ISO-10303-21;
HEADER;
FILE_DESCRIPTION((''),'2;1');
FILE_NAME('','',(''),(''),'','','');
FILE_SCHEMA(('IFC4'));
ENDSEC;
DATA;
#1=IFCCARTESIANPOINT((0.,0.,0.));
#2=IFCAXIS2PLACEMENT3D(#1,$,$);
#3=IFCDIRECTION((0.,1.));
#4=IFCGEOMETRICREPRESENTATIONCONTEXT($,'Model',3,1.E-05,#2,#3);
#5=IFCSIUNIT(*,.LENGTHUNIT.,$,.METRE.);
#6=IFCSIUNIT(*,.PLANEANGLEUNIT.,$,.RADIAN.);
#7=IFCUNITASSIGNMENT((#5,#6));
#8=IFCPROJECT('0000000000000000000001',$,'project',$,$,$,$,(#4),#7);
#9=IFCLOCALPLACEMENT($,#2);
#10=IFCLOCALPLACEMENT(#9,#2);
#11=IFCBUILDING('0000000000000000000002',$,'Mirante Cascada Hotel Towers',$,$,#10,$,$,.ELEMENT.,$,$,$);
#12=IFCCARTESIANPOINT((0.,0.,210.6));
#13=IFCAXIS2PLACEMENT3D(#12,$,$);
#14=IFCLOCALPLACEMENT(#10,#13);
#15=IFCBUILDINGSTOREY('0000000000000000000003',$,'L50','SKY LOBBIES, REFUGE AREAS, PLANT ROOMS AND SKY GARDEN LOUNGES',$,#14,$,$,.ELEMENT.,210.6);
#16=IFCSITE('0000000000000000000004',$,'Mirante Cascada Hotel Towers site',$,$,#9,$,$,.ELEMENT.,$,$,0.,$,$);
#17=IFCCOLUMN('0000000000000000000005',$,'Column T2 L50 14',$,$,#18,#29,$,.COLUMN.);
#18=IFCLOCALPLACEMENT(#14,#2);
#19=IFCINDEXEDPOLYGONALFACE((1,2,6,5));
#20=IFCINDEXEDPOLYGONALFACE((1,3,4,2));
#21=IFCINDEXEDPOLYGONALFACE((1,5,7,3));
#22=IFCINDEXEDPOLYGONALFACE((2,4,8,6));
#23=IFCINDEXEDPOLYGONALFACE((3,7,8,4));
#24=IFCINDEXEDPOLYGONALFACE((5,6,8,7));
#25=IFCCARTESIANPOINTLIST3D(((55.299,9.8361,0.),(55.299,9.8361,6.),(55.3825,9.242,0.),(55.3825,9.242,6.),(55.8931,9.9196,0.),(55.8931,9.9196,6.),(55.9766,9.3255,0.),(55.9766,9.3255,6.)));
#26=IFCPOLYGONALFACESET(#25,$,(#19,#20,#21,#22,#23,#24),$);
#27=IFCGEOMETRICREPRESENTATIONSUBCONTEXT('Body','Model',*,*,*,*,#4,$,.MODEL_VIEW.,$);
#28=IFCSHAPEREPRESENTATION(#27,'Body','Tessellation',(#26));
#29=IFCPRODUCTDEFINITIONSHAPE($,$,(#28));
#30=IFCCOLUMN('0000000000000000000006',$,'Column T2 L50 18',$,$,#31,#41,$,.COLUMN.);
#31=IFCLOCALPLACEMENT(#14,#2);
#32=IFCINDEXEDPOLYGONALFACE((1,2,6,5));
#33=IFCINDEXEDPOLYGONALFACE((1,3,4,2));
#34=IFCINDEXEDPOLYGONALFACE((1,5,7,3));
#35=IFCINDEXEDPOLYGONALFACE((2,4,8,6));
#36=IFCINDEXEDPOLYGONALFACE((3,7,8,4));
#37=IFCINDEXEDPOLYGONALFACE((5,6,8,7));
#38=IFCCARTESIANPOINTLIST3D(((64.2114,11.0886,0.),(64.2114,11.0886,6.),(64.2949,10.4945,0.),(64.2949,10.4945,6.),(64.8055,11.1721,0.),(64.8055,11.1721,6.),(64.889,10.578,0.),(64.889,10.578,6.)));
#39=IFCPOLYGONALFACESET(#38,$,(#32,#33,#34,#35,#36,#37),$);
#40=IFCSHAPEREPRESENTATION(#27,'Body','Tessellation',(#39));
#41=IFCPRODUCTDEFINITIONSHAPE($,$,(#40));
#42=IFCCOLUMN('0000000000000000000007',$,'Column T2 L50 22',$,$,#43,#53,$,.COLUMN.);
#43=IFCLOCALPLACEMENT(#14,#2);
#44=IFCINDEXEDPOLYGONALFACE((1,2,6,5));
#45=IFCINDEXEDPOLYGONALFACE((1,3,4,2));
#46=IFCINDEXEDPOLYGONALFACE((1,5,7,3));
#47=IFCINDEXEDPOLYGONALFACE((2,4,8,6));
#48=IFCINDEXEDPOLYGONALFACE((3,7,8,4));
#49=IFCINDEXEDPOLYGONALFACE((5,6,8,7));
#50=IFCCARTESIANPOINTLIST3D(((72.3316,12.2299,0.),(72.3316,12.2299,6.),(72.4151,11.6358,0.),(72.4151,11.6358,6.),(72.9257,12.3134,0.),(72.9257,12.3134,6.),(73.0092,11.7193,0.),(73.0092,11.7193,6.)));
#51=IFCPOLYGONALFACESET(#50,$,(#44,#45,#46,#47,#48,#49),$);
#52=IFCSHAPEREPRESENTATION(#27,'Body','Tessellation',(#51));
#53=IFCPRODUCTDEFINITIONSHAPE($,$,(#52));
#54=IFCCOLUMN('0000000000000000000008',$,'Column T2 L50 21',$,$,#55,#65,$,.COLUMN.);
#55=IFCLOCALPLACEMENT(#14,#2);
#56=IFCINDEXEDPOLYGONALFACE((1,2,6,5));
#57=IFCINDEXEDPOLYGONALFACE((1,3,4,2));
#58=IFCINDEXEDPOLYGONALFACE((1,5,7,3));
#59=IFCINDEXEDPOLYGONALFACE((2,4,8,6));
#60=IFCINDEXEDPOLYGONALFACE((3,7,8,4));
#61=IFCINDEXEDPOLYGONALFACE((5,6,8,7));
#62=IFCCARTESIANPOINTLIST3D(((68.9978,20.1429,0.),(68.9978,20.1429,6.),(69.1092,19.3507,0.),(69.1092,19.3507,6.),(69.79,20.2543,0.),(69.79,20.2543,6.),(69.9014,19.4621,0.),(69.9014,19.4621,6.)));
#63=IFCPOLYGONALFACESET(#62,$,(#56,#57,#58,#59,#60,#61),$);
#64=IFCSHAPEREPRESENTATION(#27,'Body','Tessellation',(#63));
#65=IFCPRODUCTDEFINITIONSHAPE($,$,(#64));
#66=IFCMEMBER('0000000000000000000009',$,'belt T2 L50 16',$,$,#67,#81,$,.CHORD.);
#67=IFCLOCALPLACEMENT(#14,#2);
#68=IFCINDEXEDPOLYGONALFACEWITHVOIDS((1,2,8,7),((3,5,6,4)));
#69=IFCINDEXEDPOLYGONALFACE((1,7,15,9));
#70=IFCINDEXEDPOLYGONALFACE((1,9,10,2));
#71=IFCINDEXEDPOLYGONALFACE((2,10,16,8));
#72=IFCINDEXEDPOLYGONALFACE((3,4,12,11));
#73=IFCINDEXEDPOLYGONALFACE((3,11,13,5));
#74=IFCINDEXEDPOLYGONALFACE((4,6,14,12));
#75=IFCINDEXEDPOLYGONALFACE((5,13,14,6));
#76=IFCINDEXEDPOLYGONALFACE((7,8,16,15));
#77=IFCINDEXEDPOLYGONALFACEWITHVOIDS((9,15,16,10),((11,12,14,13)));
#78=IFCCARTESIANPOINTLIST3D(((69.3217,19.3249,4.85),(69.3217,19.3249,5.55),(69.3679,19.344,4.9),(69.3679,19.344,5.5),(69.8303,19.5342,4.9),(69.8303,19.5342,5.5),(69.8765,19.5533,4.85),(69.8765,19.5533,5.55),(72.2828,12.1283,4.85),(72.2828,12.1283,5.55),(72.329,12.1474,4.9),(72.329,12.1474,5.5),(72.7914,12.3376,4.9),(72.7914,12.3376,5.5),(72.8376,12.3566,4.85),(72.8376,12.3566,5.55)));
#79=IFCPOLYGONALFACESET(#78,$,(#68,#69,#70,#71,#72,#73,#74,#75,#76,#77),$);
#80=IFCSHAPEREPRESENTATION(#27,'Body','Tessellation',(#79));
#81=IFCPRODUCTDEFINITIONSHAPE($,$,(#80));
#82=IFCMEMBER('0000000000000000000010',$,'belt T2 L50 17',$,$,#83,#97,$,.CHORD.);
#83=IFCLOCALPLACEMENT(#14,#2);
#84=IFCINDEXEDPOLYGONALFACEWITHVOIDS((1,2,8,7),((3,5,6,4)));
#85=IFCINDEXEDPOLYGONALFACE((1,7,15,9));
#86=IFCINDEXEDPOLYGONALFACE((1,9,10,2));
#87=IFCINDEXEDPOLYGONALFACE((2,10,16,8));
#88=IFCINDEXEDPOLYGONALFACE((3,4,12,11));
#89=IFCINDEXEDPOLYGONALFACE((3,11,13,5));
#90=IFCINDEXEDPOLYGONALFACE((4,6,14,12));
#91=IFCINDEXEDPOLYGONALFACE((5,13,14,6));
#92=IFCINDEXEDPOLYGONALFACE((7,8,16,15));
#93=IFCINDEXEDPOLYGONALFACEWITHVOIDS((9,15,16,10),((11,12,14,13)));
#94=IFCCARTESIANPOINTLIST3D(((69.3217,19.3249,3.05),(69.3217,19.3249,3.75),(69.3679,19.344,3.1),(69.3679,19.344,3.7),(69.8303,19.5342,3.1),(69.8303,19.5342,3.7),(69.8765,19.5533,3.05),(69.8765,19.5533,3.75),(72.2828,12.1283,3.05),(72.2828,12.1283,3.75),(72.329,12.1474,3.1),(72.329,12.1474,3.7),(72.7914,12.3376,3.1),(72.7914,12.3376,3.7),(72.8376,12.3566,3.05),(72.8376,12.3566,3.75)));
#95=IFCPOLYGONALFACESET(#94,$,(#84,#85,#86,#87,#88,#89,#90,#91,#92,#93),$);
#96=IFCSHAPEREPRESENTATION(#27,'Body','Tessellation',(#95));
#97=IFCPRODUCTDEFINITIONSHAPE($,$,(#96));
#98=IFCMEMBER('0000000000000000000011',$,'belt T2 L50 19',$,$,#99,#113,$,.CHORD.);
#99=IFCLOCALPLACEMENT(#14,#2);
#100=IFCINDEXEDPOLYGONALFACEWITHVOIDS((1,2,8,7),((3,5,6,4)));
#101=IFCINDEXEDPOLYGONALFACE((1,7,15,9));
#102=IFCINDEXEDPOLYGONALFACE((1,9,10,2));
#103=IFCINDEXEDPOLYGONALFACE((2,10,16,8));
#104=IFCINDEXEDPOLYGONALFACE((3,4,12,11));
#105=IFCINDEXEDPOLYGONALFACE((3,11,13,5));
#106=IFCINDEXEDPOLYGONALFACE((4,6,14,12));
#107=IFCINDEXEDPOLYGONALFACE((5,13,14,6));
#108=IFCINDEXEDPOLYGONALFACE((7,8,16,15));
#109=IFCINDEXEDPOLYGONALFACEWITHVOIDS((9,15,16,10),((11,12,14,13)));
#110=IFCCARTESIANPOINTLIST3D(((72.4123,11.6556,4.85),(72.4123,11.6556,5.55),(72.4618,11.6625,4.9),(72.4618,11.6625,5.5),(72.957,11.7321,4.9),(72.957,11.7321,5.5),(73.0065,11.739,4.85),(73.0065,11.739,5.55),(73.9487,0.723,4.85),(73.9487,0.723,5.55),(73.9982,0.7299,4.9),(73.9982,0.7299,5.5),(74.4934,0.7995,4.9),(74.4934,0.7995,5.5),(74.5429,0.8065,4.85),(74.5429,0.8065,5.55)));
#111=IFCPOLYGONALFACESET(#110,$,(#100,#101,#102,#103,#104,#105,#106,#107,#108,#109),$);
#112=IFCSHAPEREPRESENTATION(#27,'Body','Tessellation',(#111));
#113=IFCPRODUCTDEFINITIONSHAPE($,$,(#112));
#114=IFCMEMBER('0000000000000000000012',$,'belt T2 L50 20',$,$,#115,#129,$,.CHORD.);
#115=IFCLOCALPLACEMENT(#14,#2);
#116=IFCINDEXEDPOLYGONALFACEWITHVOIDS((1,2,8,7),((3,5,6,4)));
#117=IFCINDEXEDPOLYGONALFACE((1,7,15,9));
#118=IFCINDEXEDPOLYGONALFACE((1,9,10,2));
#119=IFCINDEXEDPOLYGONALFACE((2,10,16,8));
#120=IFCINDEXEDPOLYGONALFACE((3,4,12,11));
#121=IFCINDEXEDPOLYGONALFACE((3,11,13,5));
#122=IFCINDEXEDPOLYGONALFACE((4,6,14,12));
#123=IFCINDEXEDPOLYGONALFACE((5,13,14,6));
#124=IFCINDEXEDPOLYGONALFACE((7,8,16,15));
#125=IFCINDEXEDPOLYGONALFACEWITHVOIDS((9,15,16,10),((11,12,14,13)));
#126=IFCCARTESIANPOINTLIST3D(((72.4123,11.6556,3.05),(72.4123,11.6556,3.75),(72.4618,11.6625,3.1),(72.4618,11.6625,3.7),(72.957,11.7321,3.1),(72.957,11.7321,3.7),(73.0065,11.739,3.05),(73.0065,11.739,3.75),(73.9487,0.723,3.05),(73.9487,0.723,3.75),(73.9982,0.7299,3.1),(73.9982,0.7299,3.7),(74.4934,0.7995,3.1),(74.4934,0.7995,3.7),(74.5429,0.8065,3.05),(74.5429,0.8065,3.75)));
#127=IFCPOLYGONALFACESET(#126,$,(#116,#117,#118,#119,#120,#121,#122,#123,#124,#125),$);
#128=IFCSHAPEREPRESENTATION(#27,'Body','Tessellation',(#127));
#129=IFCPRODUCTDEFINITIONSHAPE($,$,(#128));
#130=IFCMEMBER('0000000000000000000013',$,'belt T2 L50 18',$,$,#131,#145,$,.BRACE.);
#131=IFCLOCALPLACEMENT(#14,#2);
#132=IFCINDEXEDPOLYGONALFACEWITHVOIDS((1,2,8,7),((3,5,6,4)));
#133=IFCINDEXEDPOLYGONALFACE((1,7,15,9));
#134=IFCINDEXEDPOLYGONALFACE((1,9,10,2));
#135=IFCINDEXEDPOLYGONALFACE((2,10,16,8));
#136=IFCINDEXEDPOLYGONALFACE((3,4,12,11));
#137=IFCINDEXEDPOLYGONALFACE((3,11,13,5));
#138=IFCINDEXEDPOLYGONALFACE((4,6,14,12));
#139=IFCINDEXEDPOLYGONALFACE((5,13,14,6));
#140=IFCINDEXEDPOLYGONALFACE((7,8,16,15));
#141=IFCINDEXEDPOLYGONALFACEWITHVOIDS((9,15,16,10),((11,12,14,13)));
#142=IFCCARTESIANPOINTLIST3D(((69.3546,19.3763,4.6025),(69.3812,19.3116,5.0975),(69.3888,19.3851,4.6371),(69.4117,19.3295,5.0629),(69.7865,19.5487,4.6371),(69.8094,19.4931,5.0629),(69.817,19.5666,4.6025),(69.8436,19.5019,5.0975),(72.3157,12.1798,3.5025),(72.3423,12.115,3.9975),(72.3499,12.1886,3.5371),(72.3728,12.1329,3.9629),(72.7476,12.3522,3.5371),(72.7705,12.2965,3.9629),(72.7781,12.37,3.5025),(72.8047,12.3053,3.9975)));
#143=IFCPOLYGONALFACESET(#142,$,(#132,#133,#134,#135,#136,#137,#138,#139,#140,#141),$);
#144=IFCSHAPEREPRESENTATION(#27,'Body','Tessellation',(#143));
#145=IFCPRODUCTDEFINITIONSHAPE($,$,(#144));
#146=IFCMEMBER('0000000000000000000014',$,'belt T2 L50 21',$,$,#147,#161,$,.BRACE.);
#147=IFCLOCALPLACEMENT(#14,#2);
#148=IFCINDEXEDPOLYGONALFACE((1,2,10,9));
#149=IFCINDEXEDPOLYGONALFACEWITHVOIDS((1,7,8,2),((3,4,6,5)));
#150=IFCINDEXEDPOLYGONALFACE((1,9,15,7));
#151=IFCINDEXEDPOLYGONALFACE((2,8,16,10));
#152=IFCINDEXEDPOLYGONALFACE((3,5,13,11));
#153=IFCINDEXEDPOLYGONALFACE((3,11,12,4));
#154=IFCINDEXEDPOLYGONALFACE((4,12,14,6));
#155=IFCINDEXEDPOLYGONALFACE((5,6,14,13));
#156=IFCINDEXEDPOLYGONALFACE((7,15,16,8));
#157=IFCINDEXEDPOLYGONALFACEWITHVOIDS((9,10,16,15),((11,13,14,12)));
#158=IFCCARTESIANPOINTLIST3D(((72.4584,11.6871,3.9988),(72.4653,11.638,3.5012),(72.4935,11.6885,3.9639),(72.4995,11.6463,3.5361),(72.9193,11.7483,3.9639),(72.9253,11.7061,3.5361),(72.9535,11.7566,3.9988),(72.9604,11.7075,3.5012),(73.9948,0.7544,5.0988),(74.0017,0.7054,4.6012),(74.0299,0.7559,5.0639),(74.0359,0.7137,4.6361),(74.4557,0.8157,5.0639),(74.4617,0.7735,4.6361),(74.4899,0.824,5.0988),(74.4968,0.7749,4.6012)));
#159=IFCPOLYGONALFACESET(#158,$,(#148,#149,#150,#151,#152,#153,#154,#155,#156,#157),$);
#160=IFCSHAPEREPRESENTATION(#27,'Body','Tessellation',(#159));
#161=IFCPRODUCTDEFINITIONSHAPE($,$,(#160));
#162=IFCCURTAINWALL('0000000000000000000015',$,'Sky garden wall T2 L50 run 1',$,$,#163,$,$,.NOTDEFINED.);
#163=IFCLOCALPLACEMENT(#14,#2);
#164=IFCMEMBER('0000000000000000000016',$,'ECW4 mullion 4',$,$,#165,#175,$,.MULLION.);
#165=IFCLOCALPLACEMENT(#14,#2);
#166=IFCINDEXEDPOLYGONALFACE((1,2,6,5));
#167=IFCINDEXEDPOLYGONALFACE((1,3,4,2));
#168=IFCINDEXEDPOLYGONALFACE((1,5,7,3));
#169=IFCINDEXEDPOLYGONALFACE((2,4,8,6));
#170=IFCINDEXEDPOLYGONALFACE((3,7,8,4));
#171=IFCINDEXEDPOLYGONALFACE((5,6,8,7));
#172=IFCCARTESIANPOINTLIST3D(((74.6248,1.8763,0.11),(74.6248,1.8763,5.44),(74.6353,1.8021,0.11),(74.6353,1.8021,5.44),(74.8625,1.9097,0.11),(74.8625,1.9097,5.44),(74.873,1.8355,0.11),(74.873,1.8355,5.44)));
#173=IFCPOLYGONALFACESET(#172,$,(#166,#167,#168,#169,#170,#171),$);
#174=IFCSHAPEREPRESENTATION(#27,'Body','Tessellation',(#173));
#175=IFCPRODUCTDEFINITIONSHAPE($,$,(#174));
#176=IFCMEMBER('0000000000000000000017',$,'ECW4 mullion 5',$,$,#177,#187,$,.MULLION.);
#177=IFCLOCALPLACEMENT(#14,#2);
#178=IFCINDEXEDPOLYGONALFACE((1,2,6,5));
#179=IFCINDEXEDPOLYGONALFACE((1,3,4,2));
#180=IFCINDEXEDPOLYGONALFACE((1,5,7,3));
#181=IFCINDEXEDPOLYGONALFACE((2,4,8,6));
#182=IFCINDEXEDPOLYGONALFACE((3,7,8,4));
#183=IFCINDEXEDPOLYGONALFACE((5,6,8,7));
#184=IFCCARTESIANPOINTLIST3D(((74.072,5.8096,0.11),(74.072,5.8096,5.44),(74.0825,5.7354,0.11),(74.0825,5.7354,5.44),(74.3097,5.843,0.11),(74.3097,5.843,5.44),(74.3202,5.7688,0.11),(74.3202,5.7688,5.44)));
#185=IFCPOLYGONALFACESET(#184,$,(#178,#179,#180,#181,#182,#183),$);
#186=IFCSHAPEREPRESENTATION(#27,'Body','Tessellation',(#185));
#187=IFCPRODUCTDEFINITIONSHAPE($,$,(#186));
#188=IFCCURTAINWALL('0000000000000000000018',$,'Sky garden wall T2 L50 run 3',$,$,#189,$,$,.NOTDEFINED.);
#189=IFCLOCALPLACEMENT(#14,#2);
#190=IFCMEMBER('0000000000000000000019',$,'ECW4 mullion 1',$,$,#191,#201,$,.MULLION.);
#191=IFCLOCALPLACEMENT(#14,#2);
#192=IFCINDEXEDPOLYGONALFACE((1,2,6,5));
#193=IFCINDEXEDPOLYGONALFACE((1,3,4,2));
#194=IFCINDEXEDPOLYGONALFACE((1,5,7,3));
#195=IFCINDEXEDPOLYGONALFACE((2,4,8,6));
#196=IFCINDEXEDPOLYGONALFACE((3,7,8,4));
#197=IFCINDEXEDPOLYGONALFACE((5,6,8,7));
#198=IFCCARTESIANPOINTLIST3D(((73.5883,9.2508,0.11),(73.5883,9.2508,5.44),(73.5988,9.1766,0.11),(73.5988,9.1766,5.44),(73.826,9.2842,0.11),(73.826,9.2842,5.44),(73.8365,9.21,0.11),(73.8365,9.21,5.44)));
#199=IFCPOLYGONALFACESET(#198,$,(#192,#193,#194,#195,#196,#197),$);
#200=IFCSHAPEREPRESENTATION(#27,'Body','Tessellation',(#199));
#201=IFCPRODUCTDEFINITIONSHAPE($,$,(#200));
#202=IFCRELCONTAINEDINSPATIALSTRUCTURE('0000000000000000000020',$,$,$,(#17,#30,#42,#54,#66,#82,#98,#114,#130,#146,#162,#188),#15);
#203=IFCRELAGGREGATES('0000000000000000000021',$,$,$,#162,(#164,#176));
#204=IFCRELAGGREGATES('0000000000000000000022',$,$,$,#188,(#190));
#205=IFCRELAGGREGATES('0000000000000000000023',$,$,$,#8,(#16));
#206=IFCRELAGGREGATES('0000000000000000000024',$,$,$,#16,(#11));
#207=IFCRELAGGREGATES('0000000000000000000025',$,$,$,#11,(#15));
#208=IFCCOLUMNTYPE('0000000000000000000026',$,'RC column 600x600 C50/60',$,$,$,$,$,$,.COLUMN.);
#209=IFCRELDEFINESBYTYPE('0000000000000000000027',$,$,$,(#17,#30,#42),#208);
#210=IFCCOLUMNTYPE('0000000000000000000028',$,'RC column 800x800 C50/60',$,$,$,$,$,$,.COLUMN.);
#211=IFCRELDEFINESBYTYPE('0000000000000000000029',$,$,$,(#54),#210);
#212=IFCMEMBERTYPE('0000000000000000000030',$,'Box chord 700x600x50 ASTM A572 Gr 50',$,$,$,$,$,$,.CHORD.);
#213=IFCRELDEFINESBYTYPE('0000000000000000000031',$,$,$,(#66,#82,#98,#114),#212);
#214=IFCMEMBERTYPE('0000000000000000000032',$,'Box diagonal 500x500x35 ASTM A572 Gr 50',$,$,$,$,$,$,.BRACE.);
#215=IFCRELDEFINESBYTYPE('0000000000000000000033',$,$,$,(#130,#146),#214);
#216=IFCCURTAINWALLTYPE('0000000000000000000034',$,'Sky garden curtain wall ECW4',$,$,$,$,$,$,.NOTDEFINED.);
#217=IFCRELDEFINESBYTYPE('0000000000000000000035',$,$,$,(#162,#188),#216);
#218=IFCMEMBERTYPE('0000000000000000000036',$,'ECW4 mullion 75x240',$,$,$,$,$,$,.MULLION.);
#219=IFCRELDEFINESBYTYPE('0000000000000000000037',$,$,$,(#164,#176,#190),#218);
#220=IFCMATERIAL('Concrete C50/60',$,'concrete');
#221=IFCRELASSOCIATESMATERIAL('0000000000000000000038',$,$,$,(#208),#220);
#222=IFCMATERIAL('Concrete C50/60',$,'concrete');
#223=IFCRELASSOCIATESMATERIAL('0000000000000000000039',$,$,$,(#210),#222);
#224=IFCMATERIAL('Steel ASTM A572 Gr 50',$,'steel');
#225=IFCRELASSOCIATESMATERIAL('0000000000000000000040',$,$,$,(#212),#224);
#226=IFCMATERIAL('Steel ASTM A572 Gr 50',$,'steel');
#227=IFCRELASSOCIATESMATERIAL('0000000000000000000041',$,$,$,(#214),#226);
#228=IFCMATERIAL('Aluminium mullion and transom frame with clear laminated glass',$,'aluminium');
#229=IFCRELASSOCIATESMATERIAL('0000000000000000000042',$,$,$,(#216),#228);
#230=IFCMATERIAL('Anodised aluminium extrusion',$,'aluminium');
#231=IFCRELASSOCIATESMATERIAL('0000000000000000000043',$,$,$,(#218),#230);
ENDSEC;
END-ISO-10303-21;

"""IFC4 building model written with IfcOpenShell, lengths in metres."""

from ifc_helpers import new_model, si_unit, direction, frame, origin, origin_2d, place, context, subcontext, project, spatial, rectangle, hollow_rectangle, extrude, material, material_profile, profile_set, type_object, element, aggregate, save


model = new_model("IFC4")

# Units and contexts
model_context = context("Model", 3, precision=1e-05, world=origin(), true_north=direction((0.0, 1.0)))
body_context = subcontext(model_context, "Body", "Model", "MODEL_VIEW")
ifc_project = project(units=[si_unit("LENGTHUNIT", "METRE"), si_unit("PLANEANGLEUNIT", "RADIAN")], contexts=[model_context])

# Site, building, storey
site_placement = place(None, origin())
site = spatial("IfcSite", under=ifc_project, at=site_placement, Name="Mirante Cascada Hotel Towers site", CompositionType="ELEMENT", RefElevation=0.0)
building_placement = place(site_placement, origin())
building = spatial("IfcBuilding", under=site, at=building_placement, Name="Mirante Cascada Hotel Towers", CompositionType="ELEMENT")
storey_placement = place(building_placement, frame((0.0, 0.0, 210.6)))
storey = spatial("IfcBuildingStorey", under=building, at=storey_placement, Name="L50", Description="SKY LOBBIES, REFUGE AREAS, PLANT ROOMS AND SKY GARDEN LOUNGES", CompositionType="ELEMENT", Elevation=210.6)

# Columns
ifc_material_1 = material(Name="Concrete C50/60", Category="concrete")
ifc_material_profile_1 = material_profile(ifc_material_1, rectangle(XDim=0.6, YDim=0.6, at=origin_2d()), Name="RC column 600x600 C50/60")
ifc_profile_set_1 = profile_set([ifc_material_profile_1], Name="Concrete C50/60")
column_type_1 = type_object("IfcColumnType", Name="RC column 600x600 C50/60", PredefinedType="COLUMN", material=ifc_profile_set_1)
for number, where, z_axis, x_axis, name in (
    (1, (55.6378, 9.5808, 0.0), (0.0, 0.0, 1.0), (0.990268, 0.139173, 0.0), "Column T2 L50 14"),
    (2, (64.5502, 10.8333, 0.0), (0.0, 0.0, 1.0), (0.990268, 0.139173, 0.0), "Column T2 L50 18"),
    (3, (72.6704, 11.9746, 0.0), (0.0, 0.0, 1.0), (0.990268, 0.139173, 0.0), "Column T2 L50 22"),
):
    element("IfcColumn", number, at=place(storey_placement, frame(where, z_axis=z_axis, x_axis=x_axis)), inside=storey, type_object=column_type_1, Name=name, PredefinedType="COLUMN", context=body_context, shape_type="SweptSolid", body=[
        extrude(rectangle(XDim=0.6, YDim=0.6, at=origin_2d()), origin(), (0.0, 0.0, 1.0), 6.0),
    ])
ifc_material_2 = material(Name="Concrete C50/60", Category="concrete")
ifc_material_profile_2 = material_profile(ifc_material_2, rectangle(XDim=0.8, YDim=0.8, at=origin_2d()), Name="RC column 800x800 C50/60")
ifc_profile_set_2 = profile_set([ifc_material_profile_2], Name="Concrete C50/60")
column_type_2 = type_object("IfcColumnType", Name="RC column 800x800 C50/60", PredefinedType="COLUMN", material=ifc_profile_set_2)
column_placement = place(storey_placement, frame((69.4496, 19.8025, 0.0), z_axis=(0.0, 0.0, 1.0), x_axis=(0.990268, 0.139173, 0.0)))
element("IfcColumn", 4, at=column_placement, inside=storey, type_object=column_type_2, Name="Column T2 L50 21", PredefinedType="COLUMN", context=body_context, shape_type="SweptSolid", body=[
    extrude(rectangle(XDim=0.8, YDim=0.8, at=origin_2d()), origin(), (0.0, 0.0, 1.0), 6.0),
])

# Members
ifc_material_3 = material(Name="Steel ASTM A572 Gr 50", Category="steel")
ifc_material_profile_3 = material_profile(ifc_material_3, hollow_rectangle(XDim=0.6, YDim=0.7, WallThickness=0.05, at=origin_2d()), Name="Box chord 700x600x50 ASTM A572 Gr 50")
ifc_profile_set_3 = profile_set([ifc_material_profile_3], Name="Steel ASTM A572 Gr 50")
member_type_1 = type_object("IfcMemberType", Name="Box chord 700x600x50 ASTM A572 Gr 50", PredefinedType="CHORD", material=ifc_profile_set_3)
for number, where, z_axis, x_axis, name in (
    (5, (69.5991, 19.4391, 5.2), (0.380507, -0.924778, 0.0), (0.924778, 0.380507, 0.0), "belt T2 L50 16"),
    (6, (69.5991, 19.4391, 3.4), (0.380507, -0.924778, 0.0), (0.924778, 0.380507, 0.0), "belt T2 L50 17"),
):
    element("IfcMember", number, at=place(storey_placement, frame(where, z_axis=z_axis, x_axis=x_axis)), inside=storey, type_object=member_type_1, Name=name, PredefinedType="CHORD", context=body_context, shape_type="SweptSolid", body=[
        extrude(hollow_rectangle(XDim=0.6, YDim=0.7, WallThickness=0.05, at=origin_2d()), origin(), (0.0, 0.0, 1.0), 7.782),
    ])
for number, where, z_axis, x_axis, name in (
    (7, (72.7094, 11.6973, 5.2), (0.139166, -0.990269, 0.0), (0.990269, 0.139166, 0.0), "belt T2 L50 19"),
    (8, (72.7094, 11.6973, 3.4), (0.139166, -0.990269, 0.0), (0.990269, 0.139166, 0.0), "belt T2 L50 20"),
):
    element("IfcMember", number, at=place(storey_placement, frame(where, z_axis=z_axis, x_axis=x_axis)), inside=storey, type_object=member_type_1, Name=name, PredefinedType="CHORD", context=body_context, shape_type="SweptSolid", body=[
        extrude(hollow_rectangle(XDim=0.6, YDim=0.7, WallThickness=0.05, at=origin_2d()), origin(), (0.0, 0.0, 1.0), 11.04),
    ])
ifc_material_4 = material(Name="Steel ASTM A572 Gr 50", Category="steel")
ifc_material_profile_4 = material_profile(ifc_material_4, hollow_rectangle(XDim=0.5, YDim=0.5, WallThickness=0.035, at=origin_2d()), Name="Box diagonal 500x500x35 ASTM A572 Gr 50")
ifc_profile_set_4 = profile_set([ifc_material_profile_4], Name="Steel ASTM A572 Gr 50")
member_type_2 = type_object("IfcMemberType", Name="Box diagonal 500x500x35 ASTM A572 Gr 50", PredefinedType="BRACE", material=ifc_profile_set_4)
member_1_placement = place(storey_placement, frame((69.5991, 19.4391, 4.85), z_axis=(0.376762, -0.915675, -0.139961), x_axis=(0.924778, 0.380507, 0.0)))
element("IfcMember", 9, at=member_1_placement, inside=storey, type_object=member_type_2, Name="belt T2 L50 18", PredefinedType="BRACE", context=body_context, shape_type="SweptSolid", body=[
    extrude(hollow_rectangle(XDim=0.5, YDim=0.5, WallThickness=0.035, at=origin_2d()), origin(), (0.0, 0.0, 1.0), 7.8593),
])
member_2_placement = place(storey_placement, frame((72.7094, 11.6973, 3.75), z_axis=(0.138481, -0.98539, 0.099146), x_axis=(0.990269, 0.139166, 0.0)))
element("IfcMember", 10, at=member_2_placement, inside=storey, type_object=member_type_2, Name="belt T2 L50 21", PredefinedType="BRACE", context=body_context, shape_type="SweptSolid", body=[
    extrude(hollow_rectangle(XDim=0.5, YDim=0.5, WallThickness=0.035, at=origin_2d()), origin(), (0.0, 0.0, 1.0), 11.0947),
])

# Curtain walls, members
ifc_material_5 = material(Name="Aluminium mullion and transom frame with clear laminated glass", Category="aluminium")
curtain_wall_type = type_object("IfcCurtainWallType", Name="Sky garden curtain wall ECW4", PredefinedType="NOTDEFINED", material=ifc_material_5)
curtain_wall_1_placement = place(storey_placement, origin())
curtain_wall_1 = element("IfcCurtainWall", 11, at=curtain_wall_1_placement, inside=storey, type_object=curtain_wall_type, Name="Sky garden wall T2 L50 run 1", PredefinedType="NOTDEFINED")
ifc_material_6 = material(Name="Anodised aluminium extrusion", Category="aluminium")
ifc_material_profile_5 = material_profile(ifc_material_6, rectangle(XDim=0.24, YDim=0.075, at=origin_2d()), Name="ECW4 MULLION 75x240")
ifc_profile_set_5 = profile_set([ifc_material_profile_5], Name="Anodised aluminium extrusion")
member_type_3 = type_object("IfcMemberType", Name="ECW4 mullion 75x240", PredefinedType="MULLION", material=ifc_profile_set_5)
member_3_placement = place(storey_placement, frame((74.7489, 1.8559, 0.11), z_axis=(0.0, 0.0, 1.0), x_axis=(-0.990268, -0.139173, 0.0)))
member_3 = element("IfcMember", 12, at=member_3_placement, type_object=member_type_3, Name="ECW4 mullion 4", PredefinedType="MULLION", context=body_context, shape_type="SweptSolid", body=[
    extrude(rectangle(XDim=0.24, YDim=0.075, at=origin_2d()), origin(), (0.0, 0.0, 1.0), 5.33),
])
member_4_placement = place(storey_placement, frame((74.1961, 5.7892, 0.11), z_axis=(0.0, 0.0, 1.0), x_axis=(-0.990268, -0.139173, 0.0)))
member_4 = element("IfcMember", 13, at=member_4_placement, type_object=member_type_3, Name="ECW4 mullion 5", PredefinedType="MULLION", context=body_context, shape_type="SweptSolid", body=[
    extrude(rectangle(XDim=0.24, YDim=0.075, at=origin_2d()), origin(), (0.0, 0.0, 1.0), 5.33),
])
curtain_wall_2_placement = place(storey_placement, origin())
curtain_wall_2 = element("IfcCurtainWall", 14, at=curtain_wall_2_placement, inside=storey, type_object=curtain_wall_type, Name="Sky garden wall T2 L50 run 3", PredefinedType="NOTDEFINED")
member_5_placement = place(storey_placement, frame((73.7124, 9.2304, 0.11), z_axis=(0.0, 0.0, 1.0), x_axis=(-0.990268, -0.139173, 0.0)))
member_5 = element("IfcMember", 15, at=member_5_placement, type_object=member_type_3, Name="ECW4 mullion 1", PredefinedType="MULLION", context=body_context, shape_type="SweptSolid", body=[
    extrude(rectangle(XDim=0.24, YDim=0.075, at=origin_2d()), origin(), (0.0, 0.0, 1.0), 5.33),
])

aggregate(curtain_wall_1, [member_3, member_4])
aggregate(curtain_wall_2, [member_5])

save(model, "model.ifc")
